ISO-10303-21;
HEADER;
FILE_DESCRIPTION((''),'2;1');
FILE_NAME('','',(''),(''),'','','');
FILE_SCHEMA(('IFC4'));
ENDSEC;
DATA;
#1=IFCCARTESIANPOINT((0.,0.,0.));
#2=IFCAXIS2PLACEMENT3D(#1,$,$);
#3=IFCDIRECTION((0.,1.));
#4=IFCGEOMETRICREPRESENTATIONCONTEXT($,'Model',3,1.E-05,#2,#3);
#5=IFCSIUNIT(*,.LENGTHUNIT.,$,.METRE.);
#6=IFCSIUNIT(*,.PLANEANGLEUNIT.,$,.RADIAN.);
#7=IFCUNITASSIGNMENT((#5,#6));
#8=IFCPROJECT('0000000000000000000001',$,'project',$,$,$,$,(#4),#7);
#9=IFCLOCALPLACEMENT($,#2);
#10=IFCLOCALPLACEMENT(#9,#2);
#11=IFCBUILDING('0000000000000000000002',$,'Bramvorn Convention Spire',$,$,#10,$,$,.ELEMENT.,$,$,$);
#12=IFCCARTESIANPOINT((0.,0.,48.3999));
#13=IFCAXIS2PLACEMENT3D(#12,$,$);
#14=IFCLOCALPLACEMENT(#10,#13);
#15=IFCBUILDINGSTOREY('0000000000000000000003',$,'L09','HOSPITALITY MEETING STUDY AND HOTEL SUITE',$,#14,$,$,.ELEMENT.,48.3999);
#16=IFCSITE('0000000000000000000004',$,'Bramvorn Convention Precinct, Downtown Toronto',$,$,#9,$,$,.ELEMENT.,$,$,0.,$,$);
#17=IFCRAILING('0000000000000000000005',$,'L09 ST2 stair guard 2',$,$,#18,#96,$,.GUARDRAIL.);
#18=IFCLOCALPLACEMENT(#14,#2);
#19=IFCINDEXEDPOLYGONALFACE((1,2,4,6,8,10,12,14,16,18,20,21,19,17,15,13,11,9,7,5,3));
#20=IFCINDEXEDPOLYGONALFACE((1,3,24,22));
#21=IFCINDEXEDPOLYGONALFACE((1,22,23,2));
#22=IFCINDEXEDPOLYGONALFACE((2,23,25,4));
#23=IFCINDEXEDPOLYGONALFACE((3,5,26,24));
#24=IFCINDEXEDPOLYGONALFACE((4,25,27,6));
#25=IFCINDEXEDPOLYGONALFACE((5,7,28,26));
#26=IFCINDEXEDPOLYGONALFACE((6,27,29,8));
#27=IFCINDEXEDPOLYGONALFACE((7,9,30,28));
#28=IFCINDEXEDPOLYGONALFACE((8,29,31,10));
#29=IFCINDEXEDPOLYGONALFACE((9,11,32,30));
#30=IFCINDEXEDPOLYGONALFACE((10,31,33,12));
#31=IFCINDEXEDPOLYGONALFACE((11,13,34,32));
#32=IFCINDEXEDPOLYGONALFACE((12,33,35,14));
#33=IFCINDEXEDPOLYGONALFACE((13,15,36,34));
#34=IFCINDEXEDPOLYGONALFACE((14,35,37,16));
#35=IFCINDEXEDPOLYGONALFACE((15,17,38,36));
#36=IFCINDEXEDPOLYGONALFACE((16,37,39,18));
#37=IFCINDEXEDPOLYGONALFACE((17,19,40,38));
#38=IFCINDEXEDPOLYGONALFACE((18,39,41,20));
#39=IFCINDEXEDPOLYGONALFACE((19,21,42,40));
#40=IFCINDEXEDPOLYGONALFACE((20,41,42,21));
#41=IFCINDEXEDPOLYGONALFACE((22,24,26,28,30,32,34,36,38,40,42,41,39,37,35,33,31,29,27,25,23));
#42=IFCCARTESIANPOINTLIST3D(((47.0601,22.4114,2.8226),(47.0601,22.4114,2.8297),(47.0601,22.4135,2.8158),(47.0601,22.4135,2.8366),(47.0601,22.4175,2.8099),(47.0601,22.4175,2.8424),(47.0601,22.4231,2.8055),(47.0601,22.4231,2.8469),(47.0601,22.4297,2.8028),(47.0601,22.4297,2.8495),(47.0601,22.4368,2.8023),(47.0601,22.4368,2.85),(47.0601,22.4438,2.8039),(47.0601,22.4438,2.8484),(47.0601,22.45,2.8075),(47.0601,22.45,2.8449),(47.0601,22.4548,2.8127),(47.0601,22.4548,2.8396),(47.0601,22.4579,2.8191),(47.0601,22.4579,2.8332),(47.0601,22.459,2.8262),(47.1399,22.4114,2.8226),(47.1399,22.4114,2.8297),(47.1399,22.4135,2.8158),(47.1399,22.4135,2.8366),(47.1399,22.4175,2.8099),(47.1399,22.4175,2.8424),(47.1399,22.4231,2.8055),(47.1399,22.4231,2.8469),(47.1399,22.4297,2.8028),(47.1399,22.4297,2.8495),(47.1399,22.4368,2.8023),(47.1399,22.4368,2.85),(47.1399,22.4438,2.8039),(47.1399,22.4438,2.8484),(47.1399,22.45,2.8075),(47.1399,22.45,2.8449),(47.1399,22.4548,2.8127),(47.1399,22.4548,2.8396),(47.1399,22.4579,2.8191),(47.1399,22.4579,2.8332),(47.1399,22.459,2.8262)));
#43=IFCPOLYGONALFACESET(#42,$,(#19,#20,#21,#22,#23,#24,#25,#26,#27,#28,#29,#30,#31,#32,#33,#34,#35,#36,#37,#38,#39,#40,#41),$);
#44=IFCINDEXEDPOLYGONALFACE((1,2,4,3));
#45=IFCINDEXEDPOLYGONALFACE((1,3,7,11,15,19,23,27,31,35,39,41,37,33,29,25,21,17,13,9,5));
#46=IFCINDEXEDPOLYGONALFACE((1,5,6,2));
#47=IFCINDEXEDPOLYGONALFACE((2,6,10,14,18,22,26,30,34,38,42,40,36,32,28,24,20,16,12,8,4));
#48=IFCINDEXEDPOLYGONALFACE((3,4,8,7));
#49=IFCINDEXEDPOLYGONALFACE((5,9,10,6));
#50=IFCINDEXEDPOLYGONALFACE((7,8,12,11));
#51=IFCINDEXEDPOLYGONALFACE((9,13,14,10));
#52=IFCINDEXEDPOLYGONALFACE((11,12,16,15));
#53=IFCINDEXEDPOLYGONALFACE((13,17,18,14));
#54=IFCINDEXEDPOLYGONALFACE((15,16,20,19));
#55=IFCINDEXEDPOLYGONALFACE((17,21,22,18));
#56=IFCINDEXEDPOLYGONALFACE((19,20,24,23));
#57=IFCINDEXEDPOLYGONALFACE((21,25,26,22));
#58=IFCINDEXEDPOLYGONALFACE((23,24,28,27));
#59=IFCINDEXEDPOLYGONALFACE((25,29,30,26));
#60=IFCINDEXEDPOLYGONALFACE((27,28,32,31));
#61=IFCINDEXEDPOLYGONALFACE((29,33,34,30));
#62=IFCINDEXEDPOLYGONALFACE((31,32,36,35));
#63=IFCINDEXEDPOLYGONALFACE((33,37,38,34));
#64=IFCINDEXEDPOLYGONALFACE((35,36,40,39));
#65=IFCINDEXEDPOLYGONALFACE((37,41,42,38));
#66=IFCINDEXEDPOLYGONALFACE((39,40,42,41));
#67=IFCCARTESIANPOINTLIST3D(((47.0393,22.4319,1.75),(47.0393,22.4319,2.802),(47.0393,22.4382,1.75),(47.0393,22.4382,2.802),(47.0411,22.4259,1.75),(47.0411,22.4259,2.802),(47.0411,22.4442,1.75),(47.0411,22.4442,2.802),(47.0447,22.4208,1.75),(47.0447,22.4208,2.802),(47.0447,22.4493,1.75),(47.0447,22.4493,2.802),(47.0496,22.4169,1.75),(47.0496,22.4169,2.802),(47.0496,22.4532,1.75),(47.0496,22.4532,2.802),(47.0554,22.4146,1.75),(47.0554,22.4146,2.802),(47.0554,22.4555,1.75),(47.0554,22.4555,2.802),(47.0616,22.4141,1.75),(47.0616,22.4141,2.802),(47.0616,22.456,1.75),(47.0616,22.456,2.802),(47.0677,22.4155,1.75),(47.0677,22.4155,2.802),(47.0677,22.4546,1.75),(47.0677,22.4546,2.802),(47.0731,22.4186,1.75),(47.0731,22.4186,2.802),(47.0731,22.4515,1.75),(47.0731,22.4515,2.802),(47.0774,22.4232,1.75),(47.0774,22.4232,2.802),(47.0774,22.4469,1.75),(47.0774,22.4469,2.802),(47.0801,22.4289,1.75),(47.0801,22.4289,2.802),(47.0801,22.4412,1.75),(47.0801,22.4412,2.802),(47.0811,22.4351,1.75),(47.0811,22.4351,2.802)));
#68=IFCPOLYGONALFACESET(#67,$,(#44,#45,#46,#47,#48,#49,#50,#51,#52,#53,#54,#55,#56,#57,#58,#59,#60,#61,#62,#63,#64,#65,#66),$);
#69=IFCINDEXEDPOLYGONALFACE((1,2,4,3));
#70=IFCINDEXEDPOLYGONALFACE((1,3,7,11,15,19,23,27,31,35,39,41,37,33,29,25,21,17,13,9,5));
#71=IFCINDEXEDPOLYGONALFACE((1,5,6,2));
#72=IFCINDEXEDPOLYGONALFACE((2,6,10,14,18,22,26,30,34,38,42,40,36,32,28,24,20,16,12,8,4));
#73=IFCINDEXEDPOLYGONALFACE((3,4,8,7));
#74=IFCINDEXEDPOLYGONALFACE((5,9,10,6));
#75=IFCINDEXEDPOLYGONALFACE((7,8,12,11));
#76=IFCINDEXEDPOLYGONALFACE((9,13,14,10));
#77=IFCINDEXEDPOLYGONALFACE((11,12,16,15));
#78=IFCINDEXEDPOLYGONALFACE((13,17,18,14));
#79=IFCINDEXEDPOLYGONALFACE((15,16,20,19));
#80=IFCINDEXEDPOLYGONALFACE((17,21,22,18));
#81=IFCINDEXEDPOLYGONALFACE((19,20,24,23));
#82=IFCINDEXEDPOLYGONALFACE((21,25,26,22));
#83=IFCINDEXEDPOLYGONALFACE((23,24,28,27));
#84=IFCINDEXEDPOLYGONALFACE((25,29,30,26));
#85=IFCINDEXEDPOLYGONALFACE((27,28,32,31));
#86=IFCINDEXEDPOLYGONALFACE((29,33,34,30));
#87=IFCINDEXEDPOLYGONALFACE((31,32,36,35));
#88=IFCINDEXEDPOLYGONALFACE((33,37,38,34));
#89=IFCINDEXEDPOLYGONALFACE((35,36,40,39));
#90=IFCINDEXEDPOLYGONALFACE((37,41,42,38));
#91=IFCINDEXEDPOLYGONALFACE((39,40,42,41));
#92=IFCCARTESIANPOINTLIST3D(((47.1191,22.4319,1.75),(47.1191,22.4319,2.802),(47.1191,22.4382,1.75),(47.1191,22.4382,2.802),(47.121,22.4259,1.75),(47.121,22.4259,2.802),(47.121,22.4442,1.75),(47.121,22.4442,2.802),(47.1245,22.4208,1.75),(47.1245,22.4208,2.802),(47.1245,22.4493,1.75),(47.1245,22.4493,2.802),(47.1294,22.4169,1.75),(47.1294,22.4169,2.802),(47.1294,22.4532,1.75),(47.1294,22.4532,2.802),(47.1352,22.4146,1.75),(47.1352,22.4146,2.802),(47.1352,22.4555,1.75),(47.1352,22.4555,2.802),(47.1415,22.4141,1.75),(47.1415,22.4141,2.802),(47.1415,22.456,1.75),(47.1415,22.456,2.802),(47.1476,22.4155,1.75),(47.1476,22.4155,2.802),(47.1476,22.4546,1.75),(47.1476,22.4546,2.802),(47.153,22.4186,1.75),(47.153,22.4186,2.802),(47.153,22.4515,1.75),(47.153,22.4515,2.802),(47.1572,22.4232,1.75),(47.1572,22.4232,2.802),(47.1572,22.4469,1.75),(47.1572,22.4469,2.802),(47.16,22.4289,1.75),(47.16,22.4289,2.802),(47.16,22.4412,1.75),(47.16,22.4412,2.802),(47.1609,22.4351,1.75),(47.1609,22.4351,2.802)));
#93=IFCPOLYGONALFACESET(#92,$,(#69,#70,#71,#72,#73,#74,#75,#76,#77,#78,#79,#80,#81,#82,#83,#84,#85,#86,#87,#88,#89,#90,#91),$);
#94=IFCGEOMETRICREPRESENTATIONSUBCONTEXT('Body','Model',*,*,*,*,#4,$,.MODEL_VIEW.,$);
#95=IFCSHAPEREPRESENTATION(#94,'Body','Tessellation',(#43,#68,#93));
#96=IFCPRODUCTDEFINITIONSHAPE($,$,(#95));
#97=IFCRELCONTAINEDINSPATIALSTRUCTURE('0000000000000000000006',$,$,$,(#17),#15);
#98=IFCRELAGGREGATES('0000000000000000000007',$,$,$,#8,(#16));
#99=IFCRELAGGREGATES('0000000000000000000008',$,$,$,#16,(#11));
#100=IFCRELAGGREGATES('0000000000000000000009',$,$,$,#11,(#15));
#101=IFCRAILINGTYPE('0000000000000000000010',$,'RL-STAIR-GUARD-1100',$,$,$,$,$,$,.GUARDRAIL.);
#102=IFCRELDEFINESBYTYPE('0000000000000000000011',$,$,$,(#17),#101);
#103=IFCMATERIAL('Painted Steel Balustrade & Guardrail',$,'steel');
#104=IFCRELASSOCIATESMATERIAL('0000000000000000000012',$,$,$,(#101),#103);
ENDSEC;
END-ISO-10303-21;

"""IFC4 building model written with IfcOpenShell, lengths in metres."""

from ifc_helpers import new_model, si_unit, direction, frame, origin, origin_2d, place, context, subcontext, project, spatial, circle, extrude, material, type_object, element, save


model = new_model("IFC4")

# Units and contexts
model_context = context("Model", 3, precision=1e-05, world=origin(), true_north=direction((0.0, 1.0)))
body_context = subcontext(model_context, "Body", "Model", "MODEL_VIEW")
ifc_project = project(units=[si_unit("LENGTHUNIT", "METRE"), si_unit("PLANEANGLEUNIT", "RADIAN")], contexts=[model_context])

# Site, building, storey
site_placement = place(None, origin())
site = spatial("IfcSite", under=ifc_project, at=site_placement, Name="Bramvorn Convention Precinct, Downtown Toronto", CompositionType="ELEMENT", RefElevation=0.0)
building_placement = place(site_placement, origin())
building = spatial("IfcBuilding", under=site, at=building_placement, Name="Bramvorn Convention Spire", CompositionType="ELEMENT")
storey_placement = place(building_placement, frame((0.0, 0.0, 48.3999)))
storey = spatial("IfcBuildingStorey", under=building, at=storey_placement, Name="L09", Description="HOSPITALITY MEETING STUDY AND HOTEL SUITE", CompositionType="ELEMENT", Elevation=48.3999)

# Railing
ifc_material_1 = material(Name="Painted Steel Balustrade & Guardrail", Category="steel")
railing_type_1 = type_object("IfcRailingType", Name="RL-STAIR-GUARD-1100", PredefinedType="GUARDRAIL", material=ifc_material_1)
railing_1_placement = place(storey_placement, frame((47.0601, 22.4351, 1.75)))
element("IfcRailing", 1, at=railing_1_placement, inside=storey, type_object=railing_type_1, Name="L09 ST2 stair guard 2", PredefinedType="GUARDRAIL", context=body_context, shape_type="SweptSolid", body=[
    extrude(circle(Radius=0.0239, at=origin_2d()), frame((0.0, 0.0, 1.0762), z_axis=(1.0, 0.0, 0.0), x_axis=(0.0, 1.0, 0.0)), (0.0, 0.0, 1.0), 0.0798),
    extrude(circle(Radius=0.021, at=origin_2d()), origin(), (0.0, 0.0, 1.0), 1.052),
    extrude(circle(Radius=0.021, at=origin_2d()), frame((0.0798, 0.0, 0.0)), (0.0, 0.0, 1.0), 1.052),
])

save(model, "model.ifc")
